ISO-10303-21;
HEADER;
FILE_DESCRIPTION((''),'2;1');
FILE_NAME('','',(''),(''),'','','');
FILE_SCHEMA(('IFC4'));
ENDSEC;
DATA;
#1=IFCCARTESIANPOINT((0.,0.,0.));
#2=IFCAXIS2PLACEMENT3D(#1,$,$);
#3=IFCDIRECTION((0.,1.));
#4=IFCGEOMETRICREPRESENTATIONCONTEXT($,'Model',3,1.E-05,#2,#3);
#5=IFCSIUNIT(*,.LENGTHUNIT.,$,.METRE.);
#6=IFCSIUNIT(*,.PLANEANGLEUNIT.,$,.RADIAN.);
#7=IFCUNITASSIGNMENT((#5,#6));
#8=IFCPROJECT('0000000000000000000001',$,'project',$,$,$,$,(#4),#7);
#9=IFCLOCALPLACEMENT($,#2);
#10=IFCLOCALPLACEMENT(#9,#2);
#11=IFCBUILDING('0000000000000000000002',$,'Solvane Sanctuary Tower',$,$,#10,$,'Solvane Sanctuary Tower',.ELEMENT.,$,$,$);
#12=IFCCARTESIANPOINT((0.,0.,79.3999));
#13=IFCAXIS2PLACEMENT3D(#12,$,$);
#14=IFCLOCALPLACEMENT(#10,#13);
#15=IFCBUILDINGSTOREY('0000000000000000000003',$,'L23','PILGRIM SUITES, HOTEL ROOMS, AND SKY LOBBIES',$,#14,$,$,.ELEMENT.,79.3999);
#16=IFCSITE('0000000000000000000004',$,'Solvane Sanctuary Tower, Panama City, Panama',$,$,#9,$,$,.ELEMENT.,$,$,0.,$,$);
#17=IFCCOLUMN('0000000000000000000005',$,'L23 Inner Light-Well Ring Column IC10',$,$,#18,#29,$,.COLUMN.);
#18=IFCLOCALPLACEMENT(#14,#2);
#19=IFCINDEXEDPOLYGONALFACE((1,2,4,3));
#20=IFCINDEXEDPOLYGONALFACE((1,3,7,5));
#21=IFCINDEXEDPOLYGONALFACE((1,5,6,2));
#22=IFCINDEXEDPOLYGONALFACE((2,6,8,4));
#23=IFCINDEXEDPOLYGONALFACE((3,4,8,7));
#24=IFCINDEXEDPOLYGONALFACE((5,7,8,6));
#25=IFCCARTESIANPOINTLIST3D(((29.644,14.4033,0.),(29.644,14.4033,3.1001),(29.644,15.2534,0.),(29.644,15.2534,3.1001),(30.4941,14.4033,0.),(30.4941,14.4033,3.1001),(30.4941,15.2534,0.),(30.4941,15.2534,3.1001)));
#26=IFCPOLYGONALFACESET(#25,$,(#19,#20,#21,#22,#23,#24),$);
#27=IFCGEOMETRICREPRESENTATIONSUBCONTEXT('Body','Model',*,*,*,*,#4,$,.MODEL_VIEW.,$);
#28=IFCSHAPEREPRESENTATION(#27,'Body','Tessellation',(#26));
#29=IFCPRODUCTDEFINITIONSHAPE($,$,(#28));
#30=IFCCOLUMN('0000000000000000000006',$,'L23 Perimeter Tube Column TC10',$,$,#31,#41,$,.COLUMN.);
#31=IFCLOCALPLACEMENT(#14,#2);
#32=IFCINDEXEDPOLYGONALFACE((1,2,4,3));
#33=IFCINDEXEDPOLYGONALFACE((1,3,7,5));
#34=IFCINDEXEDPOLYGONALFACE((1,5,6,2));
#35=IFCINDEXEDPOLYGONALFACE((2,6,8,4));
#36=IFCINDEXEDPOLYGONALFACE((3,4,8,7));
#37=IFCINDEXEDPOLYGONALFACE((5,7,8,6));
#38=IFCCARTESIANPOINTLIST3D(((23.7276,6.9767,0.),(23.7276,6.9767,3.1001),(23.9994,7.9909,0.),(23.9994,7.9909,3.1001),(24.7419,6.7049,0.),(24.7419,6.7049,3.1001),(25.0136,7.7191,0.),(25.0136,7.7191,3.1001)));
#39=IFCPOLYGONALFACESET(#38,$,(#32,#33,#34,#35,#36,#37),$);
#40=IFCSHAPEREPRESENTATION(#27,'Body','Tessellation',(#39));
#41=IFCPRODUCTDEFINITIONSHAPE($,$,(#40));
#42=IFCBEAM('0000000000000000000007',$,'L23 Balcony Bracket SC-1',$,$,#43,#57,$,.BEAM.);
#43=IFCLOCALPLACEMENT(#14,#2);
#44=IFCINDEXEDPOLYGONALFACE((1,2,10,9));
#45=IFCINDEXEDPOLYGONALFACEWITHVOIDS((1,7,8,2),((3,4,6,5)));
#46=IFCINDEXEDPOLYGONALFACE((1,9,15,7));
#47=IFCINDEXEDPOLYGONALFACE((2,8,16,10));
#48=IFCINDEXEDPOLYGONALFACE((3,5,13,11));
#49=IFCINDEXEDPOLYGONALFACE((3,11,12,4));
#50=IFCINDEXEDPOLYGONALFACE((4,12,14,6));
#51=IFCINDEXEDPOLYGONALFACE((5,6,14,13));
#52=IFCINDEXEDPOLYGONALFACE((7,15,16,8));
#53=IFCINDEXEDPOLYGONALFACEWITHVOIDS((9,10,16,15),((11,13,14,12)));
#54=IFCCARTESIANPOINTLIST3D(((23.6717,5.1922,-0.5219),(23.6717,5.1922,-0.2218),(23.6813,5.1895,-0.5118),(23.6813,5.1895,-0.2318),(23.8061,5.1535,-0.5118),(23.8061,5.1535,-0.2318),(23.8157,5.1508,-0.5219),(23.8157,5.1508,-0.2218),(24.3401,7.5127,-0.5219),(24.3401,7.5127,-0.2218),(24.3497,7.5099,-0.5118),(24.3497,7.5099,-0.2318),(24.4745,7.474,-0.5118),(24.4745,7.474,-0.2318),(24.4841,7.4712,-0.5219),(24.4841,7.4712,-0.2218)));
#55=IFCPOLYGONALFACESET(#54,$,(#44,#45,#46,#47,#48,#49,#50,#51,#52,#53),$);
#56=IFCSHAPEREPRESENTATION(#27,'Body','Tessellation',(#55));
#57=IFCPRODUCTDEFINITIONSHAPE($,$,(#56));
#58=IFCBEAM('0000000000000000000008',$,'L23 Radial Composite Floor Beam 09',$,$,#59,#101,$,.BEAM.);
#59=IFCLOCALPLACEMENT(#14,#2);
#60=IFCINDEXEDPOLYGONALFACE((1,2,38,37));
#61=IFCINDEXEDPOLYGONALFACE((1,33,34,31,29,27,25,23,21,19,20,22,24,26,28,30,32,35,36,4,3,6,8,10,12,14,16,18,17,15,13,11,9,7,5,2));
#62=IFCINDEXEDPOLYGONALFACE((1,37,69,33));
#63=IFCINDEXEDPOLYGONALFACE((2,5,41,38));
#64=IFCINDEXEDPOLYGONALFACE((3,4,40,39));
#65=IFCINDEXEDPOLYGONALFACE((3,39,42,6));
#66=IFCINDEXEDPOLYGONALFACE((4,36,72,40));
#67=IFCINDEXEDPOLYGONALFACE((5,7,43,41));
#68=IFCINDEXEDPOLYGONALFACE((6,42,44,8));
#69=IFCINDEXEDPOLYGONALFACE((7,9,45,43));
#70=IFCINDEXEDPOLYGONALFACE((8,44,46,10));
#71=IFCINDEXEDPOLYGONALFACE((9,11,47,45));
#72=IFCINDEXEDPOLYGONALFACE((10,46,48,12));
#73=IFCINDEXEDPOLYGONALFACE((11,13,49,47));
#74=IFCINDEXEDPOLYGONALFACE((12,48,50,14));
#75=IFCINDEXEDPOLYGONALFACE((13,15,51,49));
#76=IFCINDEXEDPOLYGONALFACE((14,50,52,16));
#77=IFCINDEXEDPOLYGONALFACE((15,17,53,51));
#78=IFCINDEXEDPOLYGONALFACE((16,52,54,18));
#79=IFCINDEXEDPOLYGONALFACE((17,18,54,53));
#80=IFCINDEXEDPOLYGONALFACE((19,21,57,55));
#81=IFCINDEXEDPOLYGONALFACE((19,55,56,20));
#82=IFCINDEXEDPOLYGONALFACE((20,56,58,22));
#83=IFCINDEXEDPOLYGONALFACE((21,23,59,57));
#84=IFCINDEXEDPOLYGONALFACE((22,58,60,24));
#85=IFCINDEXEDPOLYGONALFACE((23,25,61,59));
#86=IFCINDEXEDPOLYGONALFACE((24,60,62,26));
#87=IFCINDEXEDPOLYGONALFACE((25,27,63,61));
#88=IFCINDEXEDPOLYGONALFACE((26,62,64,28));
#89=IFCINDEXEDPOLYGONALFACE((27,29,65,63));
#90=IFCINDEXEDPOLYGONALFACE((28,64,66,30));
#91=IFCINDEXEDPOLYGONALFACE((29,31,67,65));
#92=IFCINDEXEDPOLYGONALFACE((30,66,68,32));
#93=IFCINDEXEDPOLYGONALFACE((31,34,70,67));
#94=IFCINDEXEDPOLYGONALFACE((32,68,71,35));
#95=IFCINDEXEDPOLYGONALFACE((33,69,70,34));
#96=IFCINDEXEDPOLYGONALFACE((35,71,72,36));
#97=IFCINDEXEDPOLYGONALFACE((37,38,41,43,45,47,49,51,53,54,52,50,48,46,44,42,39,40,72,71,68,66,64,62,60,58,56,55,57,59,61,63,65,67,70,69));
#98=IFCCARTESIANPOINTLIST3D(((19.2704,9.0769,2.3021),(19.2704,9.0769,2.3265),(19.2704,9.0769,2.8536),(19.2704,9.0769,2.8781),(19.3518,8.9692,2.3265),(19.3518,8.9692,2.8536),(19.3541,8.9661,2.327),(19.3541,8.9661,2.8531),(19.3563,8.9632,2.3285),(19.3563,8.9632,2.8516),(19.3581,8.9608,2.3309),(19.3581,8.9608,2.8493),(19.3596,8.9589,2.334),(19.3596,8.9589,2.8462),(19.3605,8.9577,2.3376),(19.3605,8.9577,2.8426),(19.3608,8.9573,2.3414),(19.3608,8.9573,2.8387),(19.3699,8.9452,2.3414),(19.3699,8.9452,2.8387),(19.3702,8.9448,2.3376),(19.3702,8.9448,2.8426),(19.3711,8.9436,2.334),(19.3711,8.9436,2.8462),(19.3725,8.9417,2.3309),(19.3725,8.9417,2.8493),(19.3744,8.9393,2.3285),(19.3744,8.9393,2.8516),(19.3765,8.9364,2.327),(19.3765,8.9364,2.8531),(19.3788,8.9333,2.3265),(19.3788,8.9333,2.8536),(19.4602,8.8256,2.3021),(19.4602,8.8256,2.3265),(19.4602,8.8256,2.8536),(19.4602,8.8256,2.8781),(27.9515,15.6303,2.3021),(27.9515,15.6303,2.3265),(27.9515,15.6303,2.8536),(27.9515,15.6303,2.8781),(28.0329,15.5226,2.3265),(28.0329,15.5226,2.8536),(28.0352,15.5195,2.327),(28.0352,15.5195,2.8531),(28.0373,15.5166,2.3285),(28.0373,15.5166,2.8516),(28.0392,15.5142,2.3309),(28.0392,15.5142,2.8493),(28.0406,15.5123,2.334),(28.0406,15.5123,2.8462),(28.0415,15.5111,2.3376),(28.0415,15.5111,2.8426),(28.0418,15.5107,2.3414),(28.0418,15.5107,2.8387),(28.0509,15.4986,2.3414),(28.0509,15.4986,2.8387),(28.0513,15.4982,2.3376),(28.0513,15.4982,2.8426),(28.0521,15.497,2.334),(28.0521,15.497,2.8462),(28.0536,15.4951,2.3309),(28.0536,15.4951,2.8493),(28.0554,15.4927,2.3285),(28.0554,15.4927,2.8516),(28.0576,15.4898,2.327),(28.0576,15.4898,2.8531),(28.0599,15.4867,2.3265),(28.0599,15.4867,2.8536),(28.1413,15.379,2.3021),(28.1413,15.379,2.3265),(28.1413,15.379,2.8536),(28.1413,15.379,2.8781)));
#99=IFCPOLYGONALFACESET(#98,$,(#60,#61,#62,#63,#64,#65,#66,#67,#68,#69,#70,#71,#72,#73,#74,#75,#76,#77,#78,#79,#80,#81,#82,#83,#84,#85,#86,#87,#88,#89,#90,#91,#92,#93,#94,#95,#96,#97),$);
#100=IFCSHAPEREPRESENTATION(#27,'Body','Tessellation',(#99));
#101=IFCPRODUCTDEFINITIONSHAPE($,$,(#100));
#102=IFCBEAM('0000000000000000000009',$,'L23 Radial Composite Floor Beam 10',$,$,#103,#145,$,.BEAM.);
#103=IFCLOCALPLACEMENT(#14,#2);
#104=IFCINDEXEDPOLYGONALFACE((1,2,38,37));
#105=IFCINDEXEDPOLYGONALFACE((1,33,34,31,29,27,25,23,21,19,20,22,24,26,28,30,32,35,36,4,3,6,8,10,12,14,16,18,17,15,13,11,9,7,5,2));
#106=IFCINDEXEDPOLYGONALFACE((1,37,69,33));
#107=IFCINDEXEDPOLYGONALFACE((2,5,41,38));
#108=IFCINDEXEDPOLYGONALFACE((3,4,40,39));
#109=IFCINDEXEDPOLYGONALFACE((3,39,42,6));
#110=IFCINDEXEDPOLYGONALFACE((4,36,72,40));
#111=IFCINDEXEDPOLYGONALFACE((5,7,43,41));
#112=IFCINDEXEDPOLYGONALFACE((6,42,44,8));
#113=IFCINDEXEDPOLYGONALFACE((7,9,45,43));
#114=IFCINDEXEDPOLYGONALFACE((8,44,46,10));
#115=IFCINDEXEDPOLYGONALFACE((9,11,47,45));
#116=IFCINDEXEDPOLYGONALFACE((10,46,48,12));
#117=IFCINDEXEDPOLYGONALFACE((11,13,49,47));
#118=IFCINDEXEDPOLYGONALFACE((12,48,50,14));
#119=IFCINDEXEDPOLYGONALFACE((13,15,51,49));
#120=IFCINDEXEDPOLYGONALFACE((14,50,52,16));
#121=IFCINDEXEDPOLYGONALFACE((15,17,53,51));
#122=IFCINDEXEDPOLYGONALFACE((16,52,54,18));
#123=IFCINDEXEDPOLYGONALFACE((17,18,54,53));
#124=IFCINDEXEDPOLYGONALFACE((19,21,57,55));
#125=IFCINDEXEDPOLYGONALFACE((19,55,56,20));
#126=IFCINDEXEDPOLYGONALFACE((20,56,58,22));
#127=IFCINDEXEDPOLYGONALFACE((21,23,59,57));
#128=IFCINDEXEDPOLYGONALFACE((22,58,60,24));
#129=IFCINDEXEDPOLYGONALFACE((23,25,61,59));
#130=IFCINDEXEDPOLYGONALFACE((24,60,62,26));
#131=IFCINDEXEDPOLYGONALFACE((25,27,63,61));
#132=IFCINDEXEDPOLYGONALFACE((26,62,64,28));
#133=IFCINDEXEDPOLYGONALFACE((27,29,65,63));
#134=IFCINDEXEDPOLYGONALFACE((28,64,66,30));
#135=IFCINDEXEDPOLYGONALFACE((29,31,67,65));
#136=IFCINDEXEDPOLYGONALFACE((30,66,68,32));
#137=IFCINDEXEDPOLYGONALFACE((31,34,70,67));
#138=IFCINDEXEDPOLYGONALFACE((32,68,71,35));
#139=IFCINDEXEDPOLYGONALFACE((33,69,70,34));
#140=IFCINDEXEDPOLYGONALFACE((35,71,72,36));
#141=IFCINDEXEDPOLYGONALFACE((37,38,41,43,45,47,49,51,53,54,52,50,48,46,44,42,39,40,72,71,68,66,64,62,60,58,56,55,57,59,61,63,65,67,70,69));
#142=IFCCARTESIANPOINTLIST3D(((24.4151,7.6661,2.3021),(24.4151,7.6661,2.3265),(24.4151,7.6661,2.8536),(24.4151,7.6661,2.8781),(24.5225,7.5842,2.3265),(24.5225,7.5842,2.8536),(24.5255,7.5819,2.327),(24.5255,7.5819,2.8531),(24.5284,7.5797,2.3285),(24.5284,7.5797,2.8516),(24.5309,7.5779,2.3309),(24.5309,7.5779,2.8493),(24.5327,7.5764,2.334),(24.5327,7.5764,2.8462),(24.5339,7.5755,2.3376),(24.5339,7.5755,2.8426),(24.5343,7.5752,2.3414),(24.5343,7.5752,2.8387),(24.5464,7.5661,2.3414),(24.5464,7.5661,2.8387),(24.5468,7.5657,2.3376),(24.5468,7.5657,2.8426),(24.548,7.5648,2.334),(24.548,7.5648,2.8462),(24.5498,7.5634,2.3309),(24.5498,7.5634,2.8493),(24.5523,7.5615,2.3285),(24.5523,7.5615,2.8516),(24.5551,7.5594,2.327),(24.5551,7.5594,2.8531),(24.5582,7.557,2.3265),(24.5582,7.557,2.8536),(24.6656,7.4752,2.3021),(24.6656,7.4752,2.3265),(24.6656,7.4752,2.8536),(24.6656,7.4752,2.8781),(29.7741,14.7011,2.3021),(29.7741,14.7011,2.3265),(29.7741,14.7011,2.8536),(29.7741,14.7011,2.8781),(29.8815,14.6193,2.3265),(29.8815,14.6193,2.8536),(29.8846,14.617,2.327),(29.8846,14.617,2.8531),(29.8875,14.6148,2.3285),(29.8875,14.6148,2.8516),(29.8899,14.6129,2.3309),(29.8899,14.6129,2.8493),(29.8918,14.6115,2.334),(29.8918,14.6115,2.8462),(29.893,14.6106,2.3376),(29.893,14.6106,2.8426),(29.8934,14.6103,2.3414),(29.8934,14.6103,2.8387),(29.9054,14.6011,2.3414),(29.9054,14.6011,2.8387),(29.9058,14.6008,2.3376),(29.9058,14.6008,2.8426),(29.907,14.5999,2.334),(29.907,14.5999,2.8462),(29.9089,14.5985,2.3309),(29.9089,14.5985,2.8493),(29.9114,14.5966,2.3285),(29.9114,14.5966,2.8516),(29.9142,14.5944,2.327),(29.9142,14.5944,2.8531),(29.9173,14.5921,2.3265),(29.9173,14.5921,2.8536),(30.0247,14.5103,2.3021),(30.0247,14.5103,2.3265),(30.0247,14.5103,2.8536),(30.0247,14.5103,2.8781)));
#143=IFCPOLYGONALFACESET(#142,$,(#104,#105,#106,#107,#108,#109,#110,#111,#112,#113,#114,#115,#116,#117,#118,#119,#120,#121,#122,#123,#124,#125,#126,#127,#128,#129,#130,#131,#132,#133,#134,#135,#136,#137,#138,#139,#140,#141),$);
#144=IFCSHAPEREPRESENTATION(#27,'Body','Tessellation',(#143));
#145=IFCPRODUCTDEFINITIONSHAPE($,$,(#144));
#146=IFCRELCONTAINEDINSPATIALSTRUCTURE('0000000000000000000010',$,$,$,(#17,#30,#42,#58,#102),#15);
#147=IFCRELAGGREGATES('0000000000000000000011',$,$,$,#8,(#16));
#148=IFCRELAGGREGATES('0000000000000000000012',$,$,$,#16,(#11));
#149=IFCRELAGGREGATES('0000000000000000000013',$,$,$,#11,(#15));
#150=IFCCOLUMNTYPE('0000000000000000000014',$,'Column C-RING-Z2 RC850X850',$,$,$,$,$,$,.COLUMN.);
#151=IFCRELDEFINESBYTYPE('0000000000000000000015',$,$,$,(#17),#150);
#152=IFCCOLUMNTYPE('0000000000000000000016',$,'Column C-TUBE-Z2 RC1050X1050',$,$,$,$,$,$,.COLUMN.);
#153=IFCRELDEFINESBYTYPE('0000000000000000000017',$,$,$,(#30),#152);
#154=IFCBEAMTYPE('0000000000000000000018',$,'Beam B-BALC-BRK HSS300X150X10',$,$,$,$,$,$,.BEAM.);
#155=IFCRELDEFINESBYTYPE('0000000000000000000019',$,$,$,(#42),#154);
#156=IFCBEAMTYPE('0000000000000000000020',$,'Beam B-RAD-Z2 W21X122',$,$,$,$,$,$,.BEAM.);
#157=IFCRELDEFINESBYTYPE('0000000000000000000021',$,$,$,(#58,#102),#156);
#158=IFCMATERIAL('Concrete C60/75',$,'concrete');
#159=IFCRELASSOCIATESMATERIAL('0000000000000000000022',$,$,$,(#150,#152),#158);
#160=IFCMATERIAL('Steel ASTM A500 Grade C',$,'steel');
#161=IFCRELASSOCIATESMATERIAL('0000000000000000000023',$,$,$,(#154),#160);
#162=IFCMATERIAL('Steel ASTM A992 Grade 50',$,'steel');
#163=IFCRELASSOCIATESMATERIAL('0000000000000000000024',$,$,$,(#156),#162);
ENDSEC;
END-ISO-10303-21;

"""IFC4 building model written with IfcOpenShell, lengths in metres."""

from ifc_helpers import new_model, si_unit, direction, frame, origin, origin_2d, place, context, subcontext, project, spatial, rectangle, hollow_rectangle, i_section, extrude, material, material_profile, profile_set, type_object, element, save


model = new_model("IFC4")

# Units and contexts
model_context = context("Model", 3, precision=1e-05, world=origin(), true_north=direction((0.0, 1.0)))
body_context = subcontext(model_context, "Body", "Model", "MODEL_VIEW")
ifc_project = project(units=[si_unit("LENGTHUNIT", "METRE"), si_unit("PLANEANGLEUNIT", "RADIAN")], contexts=[model_context])

# Site, building, storey
site_placement = place(None, origin())
site = spatial("IfcSite", under=ifc_project, at=site_placement, Name="Solvane Sanctuary Tower, Panama City, Panama", CompositionType="ELEMENT", RefElevation=0.0)
building_placement = place(site_placement, origin())
building = spatial("IfcBuilding", under=site, at=building_placement, Name="Solvane Sanctuary Tower", LongName="Solvane Sanctuary Tower", CompositionType="ELEMENT")
storey_placement = place(building_placement, frame((0.0, 0.0, 79.3999)))
storey = spatial("IfcBuildingStorey", under=building, at=storey_placement, Name="L23", Description="PILGRIM SUITES, HOTEL ROOMS, AND SKY LOBBIES", CompositionType="ELEMENT", Elevation=79.3999)

# Columns
ifc_material_1 = material(Name="Concrete C60/75", Category="concrete")
ifc_material_profile_1 = material_profile(ifc_material_1, rectangle(XDim=0.8501, YDim=0.8501, at=origin_2d()), Name="RC850X850")
ifc_profile_set_1 = profile_set([ifc_material_profile_1], Name="Concrete C60/75")
column_type_1 = type_object("IfcColumnType", Name="Column C-RING-Z2 RC850X850", PredefinedType="COLUMN", material=ifc_profile_set_1)
column_1_placement = place(storey_placement, frame((30.0691, 14.8284, 0.0), z_axis=(0.0, 0.0, 1.0), x_axis=(1.0, 0.0, 0.0)))
element("IfcColumn", 1, at=column_1_placement, inside=storey, type_object=column_type_1, Name="L23 Inner Light-Well Ring Column IC10", PredefinedType="COLUMN", context=body_context, shape_type="SweptSolid", body=[
    extrude(rectangle(XDim=0.8501, YDim=0.8501, at=origin_2d()), origin(), (0.0, 0.0, 1.0), 3.1001),
])
ifc_material_profile_2 = material_profile(ifc_material_1, rectangle(XDim=1.05, YDim=1.05, at=origin_2d()), Name="RC1050X1050")
ifc_profile_set_2 = profile_set([ifc_material_profile_2], Name="Concrete C60/75")
column_type_2 = type_object("IfcColumnType", Name="Column C-TUBE-Z2 RC1050X1050", PredefinedType="COLUMN", material=ifc_profile_set_2)
column_2_placement = place(storey_placement, frame((24.3706, 7.3479, 0.0), z_axis=(0.0, 0.0, 1.0), x_axis=(-0.258819, -0.965926, 0.0)))
element("IfcColumn", 2, at=column_2_placement, inside=storey, type_object=column_type_2, Name="L23 Perimeter Tube Column TC10", PredefinedType="COLUMN", context=body_context, shape_type="SweptSolid", body=[
    extrude(rectangle(XDim=1.05, YDim=1.05, at=origin_2d()), origin(), (0.0, 0.0, 1.0), 3.1001),
])

# Beams
ifc_material_2 = material(Name="Steel ASTM A500 Grade C", Category="steel")
ifc_material_profile_3 = material_profile(ifc_material_2, hollow_rectangle(XDim=0.1499, YDim=0.3, WallThickness=0.01, at=origin_2d()), Name="HSS300X150X10")
ifc_profile_set_3 = profile_set([ifc_material_profile_3], Name="Steel ASTM A500 Grade C")
beam_type_1 = type_object("IfcBeamType", Name="Beam B-BALC-BRK HSS300X150X10", PredefinedType="BEAM", material=ifc_profile_set_3)
beam_1_placement = place(storey_placement, frame((24.4121, 7.4919, -0.3718), z_axis=(-0.276803, -0.960927, 0.0), x_axis=(0.960927, -0.276803, 0.0)))
element("IfcBeam", 3, at=beam_1_placement, inside=storey, type_object=beam_type_1, Name="L23 Balcony Bracket SC-1", PredefinedType="BEAM", context=body_context, shape_type="SweptSolid", body=[
    extrude(hollow_rectangle(XDim=0.1499, YDim=0.3, WallThickness=0.01, at=origin_2d()), origin(), (0.0, 0.0, 1.0), 2.4148),
])
ifc_material_3 = material(Name="Steel ASTM A992 Grade 50", Category="steel")
ifc_material_profile_4 = material_profile(ifc_material_3, i_section(OverallWidth=0.3149, OverallDepth=0.5759, WebThickness=0.0151, FlangeThickness=0.0244, FilletRadius=0.0149, at=origin_2d()), Name="W21X122")
ifc_profile_set_4 = profile_set([ifc_material_profile_4], Name="Steel ASTM A992 Grade 50")
beam_type_2 = type_object("IfcBeamType", Name="Beam B-RAD-Z2 W21X122", PredefinedType="BEAM", material=ifc_profile_set_4)
beam_2_placement = place(storey_placement, frame((28.0464, 15.5046, 2.5901), z_axis=(-0.798116, -0.602504, 0.0), x_axis=(0.602504, -0.798116, 0.0)))
element("IfcBeam", 4, at=beam_2_placement, inside=storey, type_object=beam_type_2, Name="L23 Radial Composite Floor Beam 09", PredefinedType="BEAM", context=body_context, shape_type="SweptSolid", body=[
    extrude(i_section(OverallWidth=0.3149, OverallDepth=0.5759, WebThickness=0.0151, FlangeThickness=0.0244, FilletRadius=0.0149, at=origin_2d()), origin(), (0.0, 0.0, 1.0), 10.877),
])
beam_3_placement = place(storey_placement, frame((29.8994, 14.6057, 2.5901), z_axis=(-0.605973, -0.795486, 0.0), x_axis=(0.795486, -0.605973, 0.0)))
element("IfcBeam", 5, at=beam_3_placement, inside=storey, type_object=beam_type_2, Name="L23 Radial Composite Floor Beam 10", PredefinedType="BEAM", context=body_context, shape_type="SweptSolid", body=[
    extrude(i_section(OverallWidth=0.3149, OverallDepth=0.5759, WebThickness=0.0151, FlangeThickness=0.0244, FilletRadius=0.0149, at=origin_2d()), origin(), (0.0, 0.0, 1.0), 8.8438),
])

save(model, "model.ifc")
